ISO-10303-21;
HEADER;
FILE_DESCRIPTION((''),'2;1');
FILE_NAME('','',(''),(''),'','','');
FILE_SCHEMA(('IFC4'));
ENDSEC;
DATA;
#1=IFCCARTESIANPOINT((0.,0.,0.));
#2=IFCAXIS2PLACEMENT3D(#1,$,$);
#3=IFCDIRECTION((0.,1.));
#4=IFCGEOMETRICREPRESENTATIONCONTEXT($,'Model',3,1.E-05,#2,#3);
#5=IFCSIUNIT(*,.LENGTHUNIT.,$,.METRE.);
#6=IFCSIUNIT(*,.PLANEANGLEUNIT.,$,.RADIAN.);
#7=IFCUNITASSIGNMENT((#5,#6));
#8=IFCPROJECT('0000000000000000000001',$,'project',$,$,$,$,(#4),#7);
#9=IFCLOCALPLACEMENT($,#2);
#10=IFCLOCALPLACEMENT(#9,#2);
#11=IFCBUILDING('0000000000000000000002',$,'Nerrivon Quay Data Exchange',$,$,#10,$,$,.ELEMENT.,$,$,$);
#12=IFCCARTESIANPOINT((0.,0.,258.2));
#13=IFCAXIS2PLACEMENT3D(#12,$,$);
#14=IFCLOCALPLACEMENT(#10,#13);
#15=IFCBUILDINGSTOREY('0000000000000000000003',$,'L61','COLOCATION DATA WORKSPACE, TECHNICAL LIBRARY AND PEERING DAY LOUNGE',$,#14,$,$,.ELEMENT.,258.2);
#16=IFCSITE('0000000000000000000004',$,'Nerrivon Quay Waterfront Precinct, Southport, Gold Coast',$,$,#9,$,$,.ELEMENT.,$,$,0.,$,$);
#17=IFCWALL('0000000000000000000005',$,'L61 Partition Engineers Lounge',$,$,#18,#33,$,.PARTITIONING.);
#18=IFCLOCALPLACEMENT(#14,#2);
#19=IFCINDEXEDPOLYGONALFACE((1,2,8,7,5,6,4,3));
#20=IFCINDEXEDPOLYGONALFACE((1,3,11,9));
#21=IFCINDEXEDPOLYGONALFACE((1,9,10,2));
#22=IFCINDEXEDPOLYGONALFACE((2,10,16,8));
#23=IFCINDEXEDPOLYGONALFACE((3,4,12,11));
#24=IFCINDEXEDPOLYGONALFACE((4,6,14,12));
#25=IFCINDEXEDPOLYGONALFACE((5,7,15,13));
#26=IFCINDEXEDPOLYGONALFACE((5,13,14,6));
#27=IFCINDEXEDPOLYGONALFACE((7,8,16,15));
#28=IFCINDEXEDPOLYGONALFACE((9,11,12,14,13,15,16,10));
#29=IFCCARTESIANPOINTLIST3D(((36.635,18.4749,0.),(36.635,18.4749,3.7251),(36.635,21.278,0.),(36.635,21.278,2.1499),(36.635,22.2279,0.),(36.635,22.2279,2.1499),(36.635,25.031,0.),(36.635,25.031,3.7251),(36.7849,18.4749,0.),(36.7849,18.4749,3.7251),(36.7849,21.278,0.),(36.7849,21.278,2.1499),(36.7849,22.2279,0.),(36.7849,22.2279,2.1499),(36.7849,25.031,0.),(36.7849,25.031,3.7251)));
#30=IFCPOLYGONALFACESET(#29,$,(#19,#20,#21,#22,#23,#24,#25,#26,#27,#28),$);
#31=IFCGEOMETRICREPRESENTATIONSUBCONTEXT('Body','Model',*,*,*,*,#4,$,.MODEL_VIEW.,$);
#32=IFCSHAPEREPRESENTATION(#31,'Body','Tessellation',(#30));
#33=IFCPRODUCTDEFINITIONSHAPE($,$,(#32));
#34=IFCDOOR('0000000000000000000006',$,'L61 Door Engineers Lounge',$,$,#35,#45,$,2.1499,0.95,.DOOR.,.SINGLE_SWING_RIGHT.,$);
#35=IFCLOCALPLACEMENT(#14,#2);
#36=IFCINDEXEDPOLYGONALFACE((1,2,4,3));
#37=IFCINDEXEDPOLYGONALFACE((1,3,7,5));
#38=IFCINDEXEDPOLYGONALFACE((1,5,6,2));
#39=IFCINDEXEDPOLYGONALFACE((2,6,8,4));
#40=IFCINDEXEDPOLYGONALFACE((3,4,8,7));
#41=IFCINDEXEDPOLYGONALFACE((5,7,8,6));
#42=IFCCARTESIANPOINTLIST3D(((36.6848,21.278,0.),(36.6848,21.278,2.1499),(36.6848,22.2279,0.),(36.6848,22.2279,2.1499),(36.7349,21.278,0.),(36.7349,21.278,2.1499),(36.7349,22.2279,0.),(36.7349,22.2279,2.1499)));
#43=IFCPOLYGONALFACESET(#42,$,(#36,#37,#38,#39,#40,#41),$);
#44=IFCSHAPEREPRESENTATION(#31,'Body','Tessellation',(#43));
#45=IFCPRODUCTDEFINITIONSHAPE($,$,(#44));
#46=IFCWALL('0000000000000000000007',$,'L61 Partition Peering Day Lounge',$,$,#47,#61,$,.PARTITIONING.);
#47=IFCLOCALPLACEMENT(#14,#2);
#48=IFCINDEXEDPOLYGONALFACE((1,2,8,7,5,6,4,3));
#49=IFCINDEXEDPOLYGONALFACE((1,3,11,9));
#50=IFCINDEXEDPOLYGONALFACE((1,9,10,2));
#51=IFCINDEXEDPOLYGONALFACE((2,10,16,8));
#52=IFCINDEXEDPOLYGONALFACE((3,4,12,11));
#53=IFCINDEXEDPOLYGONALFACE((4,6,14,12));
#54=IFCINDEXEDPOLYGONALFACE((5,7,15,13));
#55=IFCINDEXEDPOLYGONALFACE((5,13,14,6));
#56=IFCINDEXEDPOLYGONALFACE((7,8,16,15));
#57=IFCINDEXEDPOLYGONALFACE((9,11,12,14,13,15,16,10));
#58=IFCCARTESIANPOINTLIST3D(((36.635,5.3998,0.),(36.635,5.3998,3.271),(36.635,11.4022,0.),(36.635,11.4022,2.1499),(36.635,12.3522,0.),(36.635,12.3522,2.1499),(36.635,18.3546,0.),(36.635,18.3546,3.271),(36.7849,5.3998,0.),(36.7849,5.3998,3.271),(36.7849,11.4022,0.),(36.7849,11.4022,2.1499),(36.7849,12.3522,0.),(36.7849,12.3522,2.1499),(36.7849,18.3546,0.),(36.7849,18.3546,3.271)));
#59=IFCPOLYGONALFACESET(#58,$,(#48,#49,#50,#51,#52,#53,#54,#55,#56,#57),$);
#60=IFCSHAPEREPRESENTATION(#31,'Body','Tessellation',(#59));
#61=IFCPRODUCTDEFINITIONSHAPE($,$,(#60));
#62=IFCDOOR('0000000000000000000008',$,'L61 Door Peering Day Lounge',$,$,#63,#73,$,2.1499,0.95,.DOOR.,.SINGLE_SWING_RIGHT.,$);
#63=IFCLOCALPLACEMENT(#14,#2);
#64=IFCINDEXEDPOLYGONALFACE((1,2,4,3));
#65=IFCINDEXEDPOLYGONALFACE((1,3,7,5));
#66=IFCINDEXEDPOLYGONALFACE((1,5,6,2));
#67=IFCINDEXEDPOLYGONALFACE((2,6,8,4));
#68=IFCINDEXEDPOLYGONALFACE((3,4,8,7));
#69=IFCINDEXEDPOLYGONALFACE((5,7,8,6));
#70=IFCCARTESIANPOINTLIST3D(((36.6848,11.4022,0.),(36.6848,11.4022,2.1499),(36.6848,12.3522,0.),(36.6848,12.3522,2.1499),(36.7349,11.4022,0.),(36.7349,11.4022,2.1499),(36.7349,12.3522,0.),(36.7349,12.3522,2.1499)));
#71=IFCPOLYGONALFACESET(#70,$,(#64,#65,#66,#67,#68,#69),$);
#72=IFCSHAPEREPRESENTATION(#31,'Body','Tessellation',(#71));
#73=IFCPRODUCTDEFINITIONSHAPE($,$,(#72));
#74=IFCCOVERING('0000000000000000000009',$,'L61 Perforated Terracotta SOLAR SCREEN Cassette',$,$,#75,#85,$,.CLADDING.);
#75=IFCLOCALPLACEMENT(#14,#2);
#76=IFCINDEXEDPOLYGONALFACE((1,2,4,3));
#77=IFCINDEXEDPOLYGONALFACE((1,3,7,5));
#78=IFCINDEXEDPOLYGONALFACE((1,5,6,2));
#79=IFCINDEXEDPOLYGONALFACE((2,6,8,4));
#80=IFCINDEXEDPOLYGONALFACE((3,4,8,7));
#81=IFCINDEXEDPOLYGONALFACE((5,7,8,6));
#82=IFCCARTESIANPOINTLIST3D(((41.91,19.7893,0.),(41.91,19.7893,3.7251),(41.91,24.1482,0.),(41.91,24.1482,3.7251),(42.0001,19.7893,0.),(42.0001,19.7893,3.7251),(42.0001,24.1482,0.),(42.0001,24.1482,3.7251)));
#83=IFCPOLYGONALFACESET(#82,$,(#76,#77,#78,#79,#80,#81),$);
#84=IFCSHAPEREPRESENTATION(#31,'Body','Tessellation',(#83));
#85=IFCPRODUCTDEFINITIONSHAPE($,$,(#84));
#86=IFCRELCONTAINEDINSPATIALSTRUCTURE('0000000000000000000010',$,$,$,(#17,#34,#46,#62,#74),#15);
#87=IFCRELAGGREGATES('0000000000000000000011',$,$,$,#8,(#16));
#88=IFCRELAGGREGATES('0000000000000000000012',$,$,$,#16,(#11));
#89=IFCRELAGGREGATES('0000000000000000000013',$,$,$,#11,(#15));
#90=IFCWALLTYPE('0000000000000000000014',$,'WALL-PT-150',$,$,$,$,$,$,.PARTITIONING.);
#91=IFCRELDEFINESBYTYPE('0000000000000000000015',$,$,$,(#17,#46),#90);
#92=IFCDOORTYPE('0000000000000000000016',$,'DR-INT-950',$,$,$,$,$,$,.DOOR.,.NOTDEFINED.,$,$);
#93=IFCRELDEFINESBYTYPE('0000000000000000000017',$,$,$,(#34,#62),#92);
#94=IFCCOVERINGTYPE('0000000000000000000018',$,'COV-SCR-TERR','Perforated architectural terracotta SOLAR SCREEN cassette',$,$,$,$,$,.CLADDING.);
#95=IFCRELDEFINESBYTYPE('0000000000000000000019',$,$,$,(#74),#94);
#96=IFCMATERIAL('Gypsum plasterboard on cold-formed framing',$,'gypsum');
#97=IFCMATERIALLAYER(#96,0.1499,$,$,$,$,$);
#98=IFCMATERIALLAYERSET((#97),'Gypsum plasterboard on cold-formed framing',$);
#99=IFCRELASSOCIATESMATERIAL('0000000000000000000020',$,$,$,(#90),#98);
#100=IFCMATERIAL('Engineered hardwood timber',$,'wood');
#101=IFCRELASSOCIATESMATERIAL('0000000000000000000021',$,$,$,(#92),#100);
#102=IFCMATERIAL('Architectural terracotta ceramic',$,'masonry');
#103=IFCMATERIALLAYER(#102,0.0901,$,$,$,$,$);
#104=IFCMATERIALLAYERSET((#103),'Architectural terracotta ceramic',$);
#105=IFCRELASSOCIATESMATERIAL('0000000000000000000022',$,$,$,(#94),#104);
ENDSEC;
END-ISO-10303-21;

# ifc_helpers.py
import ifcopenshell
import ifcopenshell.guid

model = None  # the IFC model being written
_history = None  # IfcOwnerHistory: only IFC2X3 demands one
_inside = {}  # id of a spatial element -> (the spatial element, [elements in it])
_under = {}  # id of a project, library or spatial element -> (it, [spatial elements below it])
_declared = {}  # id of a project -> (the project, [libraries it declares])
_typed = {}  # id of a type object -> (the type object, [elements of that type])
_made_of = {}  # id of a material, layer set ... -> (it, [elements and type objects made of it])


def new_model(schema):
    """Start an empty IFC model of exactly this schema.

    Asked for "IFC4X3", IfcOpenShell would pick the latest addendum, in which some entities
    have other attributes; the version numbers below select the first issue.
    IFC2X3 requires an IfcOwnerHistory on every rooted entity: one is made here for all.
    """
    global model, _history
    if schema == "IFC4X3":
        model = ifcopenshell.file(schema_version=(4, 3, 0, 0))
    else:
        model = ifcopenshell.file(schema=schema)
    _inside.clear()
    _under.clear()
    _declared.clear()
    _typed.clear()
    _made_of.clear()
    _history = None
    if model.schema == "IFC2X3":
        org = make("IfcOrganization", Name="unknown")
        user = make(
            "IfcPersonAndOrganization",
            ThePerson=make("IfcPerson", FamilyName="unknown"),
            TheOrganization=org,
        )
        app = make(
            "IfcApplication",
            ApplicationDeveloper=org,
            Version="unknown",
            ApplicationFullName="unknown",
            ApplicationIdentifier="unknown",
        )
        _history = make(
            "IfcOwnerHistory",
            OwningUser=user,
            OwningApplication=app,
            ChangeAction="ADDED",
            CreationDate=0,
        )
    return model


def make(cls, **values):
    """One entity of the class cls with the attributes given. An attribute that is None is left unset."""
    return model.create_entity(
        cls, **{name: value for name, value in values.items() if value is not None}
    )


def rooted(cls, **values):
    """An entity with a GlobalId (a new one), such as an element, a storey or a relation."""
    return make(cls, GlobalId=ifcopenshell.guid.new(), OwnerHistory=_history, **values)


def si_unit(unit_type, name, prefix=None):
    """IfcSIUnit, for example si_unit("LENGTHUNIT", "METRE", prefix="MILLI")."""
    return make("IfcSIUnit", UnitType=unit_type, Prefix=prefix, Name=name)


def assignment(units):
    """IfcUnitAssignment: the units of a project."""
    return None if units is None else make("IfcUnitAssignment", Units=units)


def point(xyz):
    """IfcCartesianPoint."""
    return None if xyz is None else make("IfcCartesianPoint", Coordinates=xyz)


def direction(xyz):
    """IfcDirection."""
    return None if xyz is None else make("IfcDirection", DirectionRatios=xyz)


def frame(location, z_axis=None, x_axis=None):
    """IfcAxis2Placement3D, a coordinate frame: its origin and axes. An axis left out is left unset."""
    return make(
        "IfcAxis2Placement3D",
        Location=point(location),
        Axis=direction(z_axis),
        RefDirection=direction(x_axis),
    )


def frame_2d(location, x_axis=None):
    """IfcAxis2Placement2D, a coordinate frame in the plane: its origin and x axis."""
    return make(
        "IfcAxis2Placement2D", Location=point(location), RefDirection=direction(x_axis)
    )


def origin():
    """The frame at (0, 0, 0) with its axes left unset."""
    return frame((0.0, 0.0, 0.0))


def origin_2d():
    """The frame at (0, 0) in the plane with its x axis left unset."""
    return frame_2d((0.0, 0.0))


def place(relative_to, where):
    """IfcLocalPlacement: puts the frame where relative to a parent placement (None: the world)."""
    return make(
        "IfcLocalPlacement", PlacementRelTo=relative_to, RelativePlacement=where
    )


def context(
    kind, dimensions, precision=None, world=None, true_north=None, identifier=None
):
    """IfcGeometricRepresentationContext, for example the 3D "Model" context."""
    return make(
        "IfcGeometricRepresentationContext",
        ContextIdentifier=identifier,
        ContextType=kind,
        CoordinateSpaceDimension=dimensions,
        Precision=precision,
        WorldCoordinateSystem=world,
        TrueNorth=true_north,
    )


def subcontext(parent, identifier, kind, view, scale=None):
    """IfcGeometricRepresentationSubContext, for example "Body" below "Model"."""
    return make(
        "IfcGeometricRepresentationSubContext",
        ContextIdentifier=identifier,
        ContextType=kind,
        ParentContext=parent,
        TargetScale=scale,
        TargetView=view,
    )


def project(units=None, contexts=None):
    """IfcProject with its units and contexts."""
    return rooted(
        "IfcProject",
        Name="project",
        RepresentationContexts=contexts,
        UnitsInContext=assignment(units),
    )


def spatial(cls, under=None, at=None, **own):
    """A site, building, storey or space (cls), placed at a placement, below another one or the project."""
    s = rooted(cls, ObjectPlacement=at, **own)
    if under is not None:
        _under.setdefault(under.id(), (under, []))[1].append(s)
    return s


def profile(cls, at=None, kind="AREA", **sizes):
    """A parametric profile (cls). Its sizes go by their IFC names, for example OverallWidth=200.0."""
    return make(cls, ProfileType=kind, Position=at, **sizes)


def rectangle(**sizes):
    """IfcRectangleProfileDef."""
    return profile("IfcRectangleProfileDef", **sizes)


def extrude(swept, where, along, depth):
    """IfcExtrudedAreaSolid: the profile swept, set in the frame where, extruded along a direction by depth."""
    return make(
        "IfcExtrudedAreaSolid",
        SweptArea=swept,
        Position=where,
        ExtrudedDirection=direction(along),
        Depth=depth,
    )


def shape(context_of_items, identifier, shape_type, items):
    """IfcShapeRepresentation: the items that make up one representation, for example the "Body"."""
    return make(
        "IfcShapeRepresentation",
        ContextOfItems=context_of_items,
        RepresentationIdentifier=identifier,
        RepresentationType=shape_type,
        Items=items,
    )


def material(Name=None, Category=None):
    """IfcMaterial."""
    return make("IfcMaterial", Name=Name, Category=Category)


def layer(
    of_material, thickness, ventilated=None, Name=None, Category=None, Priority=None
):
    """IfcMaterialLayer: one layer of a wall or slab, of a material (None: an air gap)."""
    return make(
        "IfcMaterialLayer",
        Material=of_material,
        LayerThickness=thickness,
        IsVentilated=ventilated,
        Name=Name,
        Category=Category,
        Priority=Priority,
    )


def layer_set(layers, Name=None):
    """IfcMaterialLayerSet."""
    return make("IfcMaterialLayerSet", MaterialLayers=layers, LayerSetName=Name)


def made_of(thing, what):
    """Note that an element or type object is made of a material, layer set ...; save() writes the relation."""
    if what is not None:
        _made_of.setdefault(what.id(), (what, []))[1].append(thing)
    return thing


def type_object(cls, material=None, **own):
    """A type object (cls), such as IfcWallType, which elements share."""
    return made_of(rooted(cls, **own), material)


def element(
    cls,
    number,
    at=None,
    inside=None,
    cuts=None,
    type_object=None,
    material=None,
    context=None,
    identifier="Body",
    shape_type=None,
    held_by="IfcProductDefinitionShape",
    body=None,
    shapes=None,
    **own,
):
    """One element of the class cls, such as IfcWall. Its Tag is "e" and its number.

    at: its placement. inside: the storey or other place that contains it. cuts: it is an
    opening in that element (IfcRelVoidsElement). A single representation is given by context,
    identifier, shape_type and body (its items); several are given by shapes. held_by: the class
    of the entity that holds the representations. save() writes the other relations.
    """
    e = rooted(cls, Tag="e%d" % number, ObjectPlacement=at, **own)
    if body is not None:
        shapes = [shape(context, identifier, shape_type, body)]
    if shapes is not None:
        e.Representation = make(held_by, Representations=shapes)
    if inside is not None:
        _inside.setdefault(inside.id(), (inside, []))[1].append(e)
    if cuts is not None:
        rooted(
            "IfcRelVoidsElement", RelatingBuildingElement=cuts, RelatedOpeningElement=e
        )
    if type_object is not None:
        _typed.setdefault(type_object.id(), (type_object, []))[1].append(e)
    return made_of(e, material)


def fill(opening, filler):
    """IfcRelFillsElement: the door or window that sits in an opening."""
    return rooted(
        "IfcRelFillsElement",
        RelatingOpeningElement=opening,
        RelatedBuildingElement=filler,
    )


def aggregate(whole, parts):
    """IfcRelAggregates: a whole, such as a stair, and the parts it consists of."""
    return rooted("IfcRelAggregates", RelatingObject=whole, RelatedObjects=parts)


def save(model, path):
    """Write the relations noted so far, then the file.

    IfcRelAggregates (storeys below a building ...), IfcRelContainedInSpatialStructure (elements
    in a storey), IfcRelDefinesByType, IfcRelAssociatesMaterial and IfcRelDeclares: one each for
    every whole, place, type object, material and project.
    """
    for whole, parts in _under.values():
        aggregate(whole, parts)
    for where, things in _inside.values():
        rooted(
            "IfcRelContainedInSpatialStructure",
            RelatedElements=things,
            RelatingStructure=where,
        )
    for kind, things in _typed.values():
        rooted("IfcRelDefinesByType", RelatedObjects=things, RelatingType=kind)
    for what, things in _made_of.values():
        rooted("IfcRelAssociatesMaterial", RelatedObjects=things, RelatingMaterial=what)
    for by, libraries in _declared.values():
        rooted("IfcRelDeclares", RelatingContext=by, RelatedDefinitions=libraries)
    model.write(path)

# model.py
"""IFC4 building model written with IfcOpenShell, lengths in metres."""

from ifc_helpers import new_model, si_unit, direction, frame, frame_2d, origin, origin_2d, place, context, subcontext, project, spatial, rectangle, extrude, material, layer, layer_set, type_object, element, fill, save


model = new_model("IFC4")

# Units and contexts
model_context = context("Model", 3, precision=1e-05, world=origin(), true_north=direction((0.0, 1.0)))
body_context = subcontext(model_context, "Body", "Model", "MODEL_VIEW")
ifc_project = project(units=[si_unit("LENGTHUNIT", "METRE"), si_unit("PLANEANGLEUNIT", "RADIAN")], contexts=[model_context])

# Site, building, storey
site_placement = place(None, origin())
site = spatial("IfcSite", under=ifc_project, at=site_placement, Name="Nerrivon Quay Waterfront Precinct, Southport, Gold Coast", CompositionType="ELEMENT", RefElevation=0.0)
building_placement = place(site_placement, origin())
building = spatial("IfcBuilding", under=site, at=building_placement, Name="Nerrivon Quay Data Exchange", CompositionType="ELEMENT")
storey_placement = place(building_placement, frame((0.0, 0.0, 258.2)))
storey = spatial("IfcBuildingStorey", under=building, at=storey_placement, Name="L61", Description="COLOCATION DATA WORKSPACE, TECHNICAL LIBRARY AND PEERING DAY LOUNGE", CompositionType="ELEMENT", Elevation=258.2)

# Shared definitions
ifc_material_1 = material(Name="Gypsum plasterboard on cold-formed framing", Category="gypsum")

# Walls, openings, doors
ifc_layer_1 = layer(ifc_material_1, 0.1499)
ifc_layer_set_1 = layer_set([ifc_layer_1], Name="Gypsum plasterboard on cold-formed framing")
wall_type_1 = type_object("IfcWallType", Name="WALL-PT-150", PredefinedType="PARTITIONING", material=ifc_layer_set_1)
wall_1_placement = place(storey_placement, frame((36.71, 25.031, 0.0), z_axis=(0.0, 0.0, 1.0), x_axis=(0.0, -1.0, 0.0)))
wall_1 = element("IfcWall", 1, at=wall_1_placement, inside=storey, type_object=wall_type_1, Name="L61 Partition Engineers Lounge", PredefinedType="PARTITIONING", context=body_context, shape_type="SweptSolid", body=[
    extrude(rectangle(XDim=6.5562, YDim=0.1499, at=frame_2d((3.2781, 0.0))), origin(), (0.0, 0.0, 1.0), 3.7251),
])
opening_1_placement = place(wall_1_placement, frame((2.803, 0.0, 0.0)))
opening_1 = element("IfcOpeningElement", 2, at=opening_1_placement, cuts=wall_1, PredefinedType="OPENING", context=body_context, shape_type="SweptSolid", body=[
    extrude(rectangle(XDim=0.95, YDim=2.1499, at=frame_2d((0.4751, 1.075))), frame((0.0, 0.085, 0.0), z_axis=(0.0, -1.0, 0.0), x_axis=(1.0, 0.0, 0.0)), (0.0, 0.0, 1.0), 0.1699),
])
ifc_material_2 = material(Name="Engineered hardwood timber", Category="wood")
door_type = type_object("IfcDoorType", Name="DR-INT-950", OperationType="NOTDEFINED", PredefinedType="DOOR", material=ifc_material_2)
door_1_placement = place(opening_1_placement, origin())
door_1 = element("IfcDoor", 3, at=door_1_placement, inside=storey, type_object=door_type, Name="L61 Door Engineers Lounge", OperationType="SINGLE_SWING_RIGHT", OverallHeight=2.1499, OverallWidth=0.95, PredefinedType="DOOR", context=body_context, shape_type="SweptSolid", body=[
    extrude(rectangle(XDim=0.95, YDim=2.1499, at=frame_2d((0.4751, 1.075))), frame((0.0, 0.0249, 0.0), z_axis=(0.0, -1.0, 0.0), x_axis=(1.0, 0.0, 0.0)), (0.0, 0.0, 1.0), 0.05),
])
fill(opening_1, door_1)
wall_2_placement = place(storey_placement, frame((36.71, 18.3547, 0.0), z_axis=(0.0, 0.0, 1.0), x_axis=(0.0, -1.0, 0.0)))
wall_2 = element("IfcWall", 4, at=wall_2_placement, inside=storey, type_object=wall_type_1, Name="L61 Partition Peering Day Lounge", PredefinedType="PARTITIONING", context=body_context, shape_type="SweptSolid", body=[
    extrude(rectangle(XDim=12.9548, YDim=0.1499, at=frame_2d((6.4775, 0.0))), origin(), (0.0, 0.0, 1.0), 3.271),
])
opening_2_placement = place(wall_2_placement, frame((6.0024, 0.0, 0.0)))
opening_2 = element("IfcOpeningElement", 5, at=opening_2_placement, cuts=wall_2, PredefinedType="OPENING", context=body_context, shape_type="SweptSolid", body=[
    extrude(rectangle(XDim=0.95, YDim=2.1499, at=frame_2d((0.4751, 1.075))), frame((0.0, 0.085, 0.0), z_axis=(0.0, -1.0, 0.0), x_axis=(1.0, 0.0, 0.0)), (0.0, 0.0, 1.0), 0.1699),
])
door_2_placement = place(opening_2_placement, origin())
door_2 = element("IfcDoor", 6, at=door_2_placement, inside=storey, type_object=door_type, Name="L61 Door Peering Day Lounge", OperationType="SINGLE_SWING_RIGHT", OverallHeight=2.1499, OverallWidth=0.95, PredefinedType="DOOR", context=body_context, shape_type="SweptSolid", body=[
    extrude(rectangle(XDim=0.95, YDim=2.1499, at=frame_2d((0.4751, 1.075))), frame((0.0, 0.0249, 0.0), z_axis=(0.0, -1.0, 0.0), x_axis=(1.0, 0.0, 0.0)), (0.0, 0.0, 1.0), 0.05),
])
fill(opening_2, door_2)

# Covering
ifc_material_3 = material(Name="Architectural terracotta ceramic", Category="masonry")
ifc_layer_2 = layer(ifc_material_3, 0.0901)
ifc_layer_set_2 = layer_set([ifc_layer_2], Name="Architectural terracotta ceramic")
covering_type = type_object("IfcCoveringType", Name="COV-SCR-TERR", Description="Perforated architectural terracotta SOLAR SCREEN cassette", PredefinedType="CLADDING", material=ifc_layer_set_2)
covering_placement = place(storey_placement, frame((41.9551, 21.9688, 0.0), z_axis=(0.0, 0.0, 1.0), x_axis=(0.0, -1.0, 0.0)))
element("IfcCovering", 7, at=covering_placement, inside=storey, type_object=covering_type, Name="L61 Perforated Terracotta SOLAR SCREEN Cassette", PredefinedType="CLADDING", context=body_context, shape_type="SweptSolid", body=[
    extrude(rectangle(XDim=4.3589, YDim=0.0901, at=origin_2d()), origin(), (0.0, 0.0, 1.0), 3.7251),
])

save(model, "model.ifc")
